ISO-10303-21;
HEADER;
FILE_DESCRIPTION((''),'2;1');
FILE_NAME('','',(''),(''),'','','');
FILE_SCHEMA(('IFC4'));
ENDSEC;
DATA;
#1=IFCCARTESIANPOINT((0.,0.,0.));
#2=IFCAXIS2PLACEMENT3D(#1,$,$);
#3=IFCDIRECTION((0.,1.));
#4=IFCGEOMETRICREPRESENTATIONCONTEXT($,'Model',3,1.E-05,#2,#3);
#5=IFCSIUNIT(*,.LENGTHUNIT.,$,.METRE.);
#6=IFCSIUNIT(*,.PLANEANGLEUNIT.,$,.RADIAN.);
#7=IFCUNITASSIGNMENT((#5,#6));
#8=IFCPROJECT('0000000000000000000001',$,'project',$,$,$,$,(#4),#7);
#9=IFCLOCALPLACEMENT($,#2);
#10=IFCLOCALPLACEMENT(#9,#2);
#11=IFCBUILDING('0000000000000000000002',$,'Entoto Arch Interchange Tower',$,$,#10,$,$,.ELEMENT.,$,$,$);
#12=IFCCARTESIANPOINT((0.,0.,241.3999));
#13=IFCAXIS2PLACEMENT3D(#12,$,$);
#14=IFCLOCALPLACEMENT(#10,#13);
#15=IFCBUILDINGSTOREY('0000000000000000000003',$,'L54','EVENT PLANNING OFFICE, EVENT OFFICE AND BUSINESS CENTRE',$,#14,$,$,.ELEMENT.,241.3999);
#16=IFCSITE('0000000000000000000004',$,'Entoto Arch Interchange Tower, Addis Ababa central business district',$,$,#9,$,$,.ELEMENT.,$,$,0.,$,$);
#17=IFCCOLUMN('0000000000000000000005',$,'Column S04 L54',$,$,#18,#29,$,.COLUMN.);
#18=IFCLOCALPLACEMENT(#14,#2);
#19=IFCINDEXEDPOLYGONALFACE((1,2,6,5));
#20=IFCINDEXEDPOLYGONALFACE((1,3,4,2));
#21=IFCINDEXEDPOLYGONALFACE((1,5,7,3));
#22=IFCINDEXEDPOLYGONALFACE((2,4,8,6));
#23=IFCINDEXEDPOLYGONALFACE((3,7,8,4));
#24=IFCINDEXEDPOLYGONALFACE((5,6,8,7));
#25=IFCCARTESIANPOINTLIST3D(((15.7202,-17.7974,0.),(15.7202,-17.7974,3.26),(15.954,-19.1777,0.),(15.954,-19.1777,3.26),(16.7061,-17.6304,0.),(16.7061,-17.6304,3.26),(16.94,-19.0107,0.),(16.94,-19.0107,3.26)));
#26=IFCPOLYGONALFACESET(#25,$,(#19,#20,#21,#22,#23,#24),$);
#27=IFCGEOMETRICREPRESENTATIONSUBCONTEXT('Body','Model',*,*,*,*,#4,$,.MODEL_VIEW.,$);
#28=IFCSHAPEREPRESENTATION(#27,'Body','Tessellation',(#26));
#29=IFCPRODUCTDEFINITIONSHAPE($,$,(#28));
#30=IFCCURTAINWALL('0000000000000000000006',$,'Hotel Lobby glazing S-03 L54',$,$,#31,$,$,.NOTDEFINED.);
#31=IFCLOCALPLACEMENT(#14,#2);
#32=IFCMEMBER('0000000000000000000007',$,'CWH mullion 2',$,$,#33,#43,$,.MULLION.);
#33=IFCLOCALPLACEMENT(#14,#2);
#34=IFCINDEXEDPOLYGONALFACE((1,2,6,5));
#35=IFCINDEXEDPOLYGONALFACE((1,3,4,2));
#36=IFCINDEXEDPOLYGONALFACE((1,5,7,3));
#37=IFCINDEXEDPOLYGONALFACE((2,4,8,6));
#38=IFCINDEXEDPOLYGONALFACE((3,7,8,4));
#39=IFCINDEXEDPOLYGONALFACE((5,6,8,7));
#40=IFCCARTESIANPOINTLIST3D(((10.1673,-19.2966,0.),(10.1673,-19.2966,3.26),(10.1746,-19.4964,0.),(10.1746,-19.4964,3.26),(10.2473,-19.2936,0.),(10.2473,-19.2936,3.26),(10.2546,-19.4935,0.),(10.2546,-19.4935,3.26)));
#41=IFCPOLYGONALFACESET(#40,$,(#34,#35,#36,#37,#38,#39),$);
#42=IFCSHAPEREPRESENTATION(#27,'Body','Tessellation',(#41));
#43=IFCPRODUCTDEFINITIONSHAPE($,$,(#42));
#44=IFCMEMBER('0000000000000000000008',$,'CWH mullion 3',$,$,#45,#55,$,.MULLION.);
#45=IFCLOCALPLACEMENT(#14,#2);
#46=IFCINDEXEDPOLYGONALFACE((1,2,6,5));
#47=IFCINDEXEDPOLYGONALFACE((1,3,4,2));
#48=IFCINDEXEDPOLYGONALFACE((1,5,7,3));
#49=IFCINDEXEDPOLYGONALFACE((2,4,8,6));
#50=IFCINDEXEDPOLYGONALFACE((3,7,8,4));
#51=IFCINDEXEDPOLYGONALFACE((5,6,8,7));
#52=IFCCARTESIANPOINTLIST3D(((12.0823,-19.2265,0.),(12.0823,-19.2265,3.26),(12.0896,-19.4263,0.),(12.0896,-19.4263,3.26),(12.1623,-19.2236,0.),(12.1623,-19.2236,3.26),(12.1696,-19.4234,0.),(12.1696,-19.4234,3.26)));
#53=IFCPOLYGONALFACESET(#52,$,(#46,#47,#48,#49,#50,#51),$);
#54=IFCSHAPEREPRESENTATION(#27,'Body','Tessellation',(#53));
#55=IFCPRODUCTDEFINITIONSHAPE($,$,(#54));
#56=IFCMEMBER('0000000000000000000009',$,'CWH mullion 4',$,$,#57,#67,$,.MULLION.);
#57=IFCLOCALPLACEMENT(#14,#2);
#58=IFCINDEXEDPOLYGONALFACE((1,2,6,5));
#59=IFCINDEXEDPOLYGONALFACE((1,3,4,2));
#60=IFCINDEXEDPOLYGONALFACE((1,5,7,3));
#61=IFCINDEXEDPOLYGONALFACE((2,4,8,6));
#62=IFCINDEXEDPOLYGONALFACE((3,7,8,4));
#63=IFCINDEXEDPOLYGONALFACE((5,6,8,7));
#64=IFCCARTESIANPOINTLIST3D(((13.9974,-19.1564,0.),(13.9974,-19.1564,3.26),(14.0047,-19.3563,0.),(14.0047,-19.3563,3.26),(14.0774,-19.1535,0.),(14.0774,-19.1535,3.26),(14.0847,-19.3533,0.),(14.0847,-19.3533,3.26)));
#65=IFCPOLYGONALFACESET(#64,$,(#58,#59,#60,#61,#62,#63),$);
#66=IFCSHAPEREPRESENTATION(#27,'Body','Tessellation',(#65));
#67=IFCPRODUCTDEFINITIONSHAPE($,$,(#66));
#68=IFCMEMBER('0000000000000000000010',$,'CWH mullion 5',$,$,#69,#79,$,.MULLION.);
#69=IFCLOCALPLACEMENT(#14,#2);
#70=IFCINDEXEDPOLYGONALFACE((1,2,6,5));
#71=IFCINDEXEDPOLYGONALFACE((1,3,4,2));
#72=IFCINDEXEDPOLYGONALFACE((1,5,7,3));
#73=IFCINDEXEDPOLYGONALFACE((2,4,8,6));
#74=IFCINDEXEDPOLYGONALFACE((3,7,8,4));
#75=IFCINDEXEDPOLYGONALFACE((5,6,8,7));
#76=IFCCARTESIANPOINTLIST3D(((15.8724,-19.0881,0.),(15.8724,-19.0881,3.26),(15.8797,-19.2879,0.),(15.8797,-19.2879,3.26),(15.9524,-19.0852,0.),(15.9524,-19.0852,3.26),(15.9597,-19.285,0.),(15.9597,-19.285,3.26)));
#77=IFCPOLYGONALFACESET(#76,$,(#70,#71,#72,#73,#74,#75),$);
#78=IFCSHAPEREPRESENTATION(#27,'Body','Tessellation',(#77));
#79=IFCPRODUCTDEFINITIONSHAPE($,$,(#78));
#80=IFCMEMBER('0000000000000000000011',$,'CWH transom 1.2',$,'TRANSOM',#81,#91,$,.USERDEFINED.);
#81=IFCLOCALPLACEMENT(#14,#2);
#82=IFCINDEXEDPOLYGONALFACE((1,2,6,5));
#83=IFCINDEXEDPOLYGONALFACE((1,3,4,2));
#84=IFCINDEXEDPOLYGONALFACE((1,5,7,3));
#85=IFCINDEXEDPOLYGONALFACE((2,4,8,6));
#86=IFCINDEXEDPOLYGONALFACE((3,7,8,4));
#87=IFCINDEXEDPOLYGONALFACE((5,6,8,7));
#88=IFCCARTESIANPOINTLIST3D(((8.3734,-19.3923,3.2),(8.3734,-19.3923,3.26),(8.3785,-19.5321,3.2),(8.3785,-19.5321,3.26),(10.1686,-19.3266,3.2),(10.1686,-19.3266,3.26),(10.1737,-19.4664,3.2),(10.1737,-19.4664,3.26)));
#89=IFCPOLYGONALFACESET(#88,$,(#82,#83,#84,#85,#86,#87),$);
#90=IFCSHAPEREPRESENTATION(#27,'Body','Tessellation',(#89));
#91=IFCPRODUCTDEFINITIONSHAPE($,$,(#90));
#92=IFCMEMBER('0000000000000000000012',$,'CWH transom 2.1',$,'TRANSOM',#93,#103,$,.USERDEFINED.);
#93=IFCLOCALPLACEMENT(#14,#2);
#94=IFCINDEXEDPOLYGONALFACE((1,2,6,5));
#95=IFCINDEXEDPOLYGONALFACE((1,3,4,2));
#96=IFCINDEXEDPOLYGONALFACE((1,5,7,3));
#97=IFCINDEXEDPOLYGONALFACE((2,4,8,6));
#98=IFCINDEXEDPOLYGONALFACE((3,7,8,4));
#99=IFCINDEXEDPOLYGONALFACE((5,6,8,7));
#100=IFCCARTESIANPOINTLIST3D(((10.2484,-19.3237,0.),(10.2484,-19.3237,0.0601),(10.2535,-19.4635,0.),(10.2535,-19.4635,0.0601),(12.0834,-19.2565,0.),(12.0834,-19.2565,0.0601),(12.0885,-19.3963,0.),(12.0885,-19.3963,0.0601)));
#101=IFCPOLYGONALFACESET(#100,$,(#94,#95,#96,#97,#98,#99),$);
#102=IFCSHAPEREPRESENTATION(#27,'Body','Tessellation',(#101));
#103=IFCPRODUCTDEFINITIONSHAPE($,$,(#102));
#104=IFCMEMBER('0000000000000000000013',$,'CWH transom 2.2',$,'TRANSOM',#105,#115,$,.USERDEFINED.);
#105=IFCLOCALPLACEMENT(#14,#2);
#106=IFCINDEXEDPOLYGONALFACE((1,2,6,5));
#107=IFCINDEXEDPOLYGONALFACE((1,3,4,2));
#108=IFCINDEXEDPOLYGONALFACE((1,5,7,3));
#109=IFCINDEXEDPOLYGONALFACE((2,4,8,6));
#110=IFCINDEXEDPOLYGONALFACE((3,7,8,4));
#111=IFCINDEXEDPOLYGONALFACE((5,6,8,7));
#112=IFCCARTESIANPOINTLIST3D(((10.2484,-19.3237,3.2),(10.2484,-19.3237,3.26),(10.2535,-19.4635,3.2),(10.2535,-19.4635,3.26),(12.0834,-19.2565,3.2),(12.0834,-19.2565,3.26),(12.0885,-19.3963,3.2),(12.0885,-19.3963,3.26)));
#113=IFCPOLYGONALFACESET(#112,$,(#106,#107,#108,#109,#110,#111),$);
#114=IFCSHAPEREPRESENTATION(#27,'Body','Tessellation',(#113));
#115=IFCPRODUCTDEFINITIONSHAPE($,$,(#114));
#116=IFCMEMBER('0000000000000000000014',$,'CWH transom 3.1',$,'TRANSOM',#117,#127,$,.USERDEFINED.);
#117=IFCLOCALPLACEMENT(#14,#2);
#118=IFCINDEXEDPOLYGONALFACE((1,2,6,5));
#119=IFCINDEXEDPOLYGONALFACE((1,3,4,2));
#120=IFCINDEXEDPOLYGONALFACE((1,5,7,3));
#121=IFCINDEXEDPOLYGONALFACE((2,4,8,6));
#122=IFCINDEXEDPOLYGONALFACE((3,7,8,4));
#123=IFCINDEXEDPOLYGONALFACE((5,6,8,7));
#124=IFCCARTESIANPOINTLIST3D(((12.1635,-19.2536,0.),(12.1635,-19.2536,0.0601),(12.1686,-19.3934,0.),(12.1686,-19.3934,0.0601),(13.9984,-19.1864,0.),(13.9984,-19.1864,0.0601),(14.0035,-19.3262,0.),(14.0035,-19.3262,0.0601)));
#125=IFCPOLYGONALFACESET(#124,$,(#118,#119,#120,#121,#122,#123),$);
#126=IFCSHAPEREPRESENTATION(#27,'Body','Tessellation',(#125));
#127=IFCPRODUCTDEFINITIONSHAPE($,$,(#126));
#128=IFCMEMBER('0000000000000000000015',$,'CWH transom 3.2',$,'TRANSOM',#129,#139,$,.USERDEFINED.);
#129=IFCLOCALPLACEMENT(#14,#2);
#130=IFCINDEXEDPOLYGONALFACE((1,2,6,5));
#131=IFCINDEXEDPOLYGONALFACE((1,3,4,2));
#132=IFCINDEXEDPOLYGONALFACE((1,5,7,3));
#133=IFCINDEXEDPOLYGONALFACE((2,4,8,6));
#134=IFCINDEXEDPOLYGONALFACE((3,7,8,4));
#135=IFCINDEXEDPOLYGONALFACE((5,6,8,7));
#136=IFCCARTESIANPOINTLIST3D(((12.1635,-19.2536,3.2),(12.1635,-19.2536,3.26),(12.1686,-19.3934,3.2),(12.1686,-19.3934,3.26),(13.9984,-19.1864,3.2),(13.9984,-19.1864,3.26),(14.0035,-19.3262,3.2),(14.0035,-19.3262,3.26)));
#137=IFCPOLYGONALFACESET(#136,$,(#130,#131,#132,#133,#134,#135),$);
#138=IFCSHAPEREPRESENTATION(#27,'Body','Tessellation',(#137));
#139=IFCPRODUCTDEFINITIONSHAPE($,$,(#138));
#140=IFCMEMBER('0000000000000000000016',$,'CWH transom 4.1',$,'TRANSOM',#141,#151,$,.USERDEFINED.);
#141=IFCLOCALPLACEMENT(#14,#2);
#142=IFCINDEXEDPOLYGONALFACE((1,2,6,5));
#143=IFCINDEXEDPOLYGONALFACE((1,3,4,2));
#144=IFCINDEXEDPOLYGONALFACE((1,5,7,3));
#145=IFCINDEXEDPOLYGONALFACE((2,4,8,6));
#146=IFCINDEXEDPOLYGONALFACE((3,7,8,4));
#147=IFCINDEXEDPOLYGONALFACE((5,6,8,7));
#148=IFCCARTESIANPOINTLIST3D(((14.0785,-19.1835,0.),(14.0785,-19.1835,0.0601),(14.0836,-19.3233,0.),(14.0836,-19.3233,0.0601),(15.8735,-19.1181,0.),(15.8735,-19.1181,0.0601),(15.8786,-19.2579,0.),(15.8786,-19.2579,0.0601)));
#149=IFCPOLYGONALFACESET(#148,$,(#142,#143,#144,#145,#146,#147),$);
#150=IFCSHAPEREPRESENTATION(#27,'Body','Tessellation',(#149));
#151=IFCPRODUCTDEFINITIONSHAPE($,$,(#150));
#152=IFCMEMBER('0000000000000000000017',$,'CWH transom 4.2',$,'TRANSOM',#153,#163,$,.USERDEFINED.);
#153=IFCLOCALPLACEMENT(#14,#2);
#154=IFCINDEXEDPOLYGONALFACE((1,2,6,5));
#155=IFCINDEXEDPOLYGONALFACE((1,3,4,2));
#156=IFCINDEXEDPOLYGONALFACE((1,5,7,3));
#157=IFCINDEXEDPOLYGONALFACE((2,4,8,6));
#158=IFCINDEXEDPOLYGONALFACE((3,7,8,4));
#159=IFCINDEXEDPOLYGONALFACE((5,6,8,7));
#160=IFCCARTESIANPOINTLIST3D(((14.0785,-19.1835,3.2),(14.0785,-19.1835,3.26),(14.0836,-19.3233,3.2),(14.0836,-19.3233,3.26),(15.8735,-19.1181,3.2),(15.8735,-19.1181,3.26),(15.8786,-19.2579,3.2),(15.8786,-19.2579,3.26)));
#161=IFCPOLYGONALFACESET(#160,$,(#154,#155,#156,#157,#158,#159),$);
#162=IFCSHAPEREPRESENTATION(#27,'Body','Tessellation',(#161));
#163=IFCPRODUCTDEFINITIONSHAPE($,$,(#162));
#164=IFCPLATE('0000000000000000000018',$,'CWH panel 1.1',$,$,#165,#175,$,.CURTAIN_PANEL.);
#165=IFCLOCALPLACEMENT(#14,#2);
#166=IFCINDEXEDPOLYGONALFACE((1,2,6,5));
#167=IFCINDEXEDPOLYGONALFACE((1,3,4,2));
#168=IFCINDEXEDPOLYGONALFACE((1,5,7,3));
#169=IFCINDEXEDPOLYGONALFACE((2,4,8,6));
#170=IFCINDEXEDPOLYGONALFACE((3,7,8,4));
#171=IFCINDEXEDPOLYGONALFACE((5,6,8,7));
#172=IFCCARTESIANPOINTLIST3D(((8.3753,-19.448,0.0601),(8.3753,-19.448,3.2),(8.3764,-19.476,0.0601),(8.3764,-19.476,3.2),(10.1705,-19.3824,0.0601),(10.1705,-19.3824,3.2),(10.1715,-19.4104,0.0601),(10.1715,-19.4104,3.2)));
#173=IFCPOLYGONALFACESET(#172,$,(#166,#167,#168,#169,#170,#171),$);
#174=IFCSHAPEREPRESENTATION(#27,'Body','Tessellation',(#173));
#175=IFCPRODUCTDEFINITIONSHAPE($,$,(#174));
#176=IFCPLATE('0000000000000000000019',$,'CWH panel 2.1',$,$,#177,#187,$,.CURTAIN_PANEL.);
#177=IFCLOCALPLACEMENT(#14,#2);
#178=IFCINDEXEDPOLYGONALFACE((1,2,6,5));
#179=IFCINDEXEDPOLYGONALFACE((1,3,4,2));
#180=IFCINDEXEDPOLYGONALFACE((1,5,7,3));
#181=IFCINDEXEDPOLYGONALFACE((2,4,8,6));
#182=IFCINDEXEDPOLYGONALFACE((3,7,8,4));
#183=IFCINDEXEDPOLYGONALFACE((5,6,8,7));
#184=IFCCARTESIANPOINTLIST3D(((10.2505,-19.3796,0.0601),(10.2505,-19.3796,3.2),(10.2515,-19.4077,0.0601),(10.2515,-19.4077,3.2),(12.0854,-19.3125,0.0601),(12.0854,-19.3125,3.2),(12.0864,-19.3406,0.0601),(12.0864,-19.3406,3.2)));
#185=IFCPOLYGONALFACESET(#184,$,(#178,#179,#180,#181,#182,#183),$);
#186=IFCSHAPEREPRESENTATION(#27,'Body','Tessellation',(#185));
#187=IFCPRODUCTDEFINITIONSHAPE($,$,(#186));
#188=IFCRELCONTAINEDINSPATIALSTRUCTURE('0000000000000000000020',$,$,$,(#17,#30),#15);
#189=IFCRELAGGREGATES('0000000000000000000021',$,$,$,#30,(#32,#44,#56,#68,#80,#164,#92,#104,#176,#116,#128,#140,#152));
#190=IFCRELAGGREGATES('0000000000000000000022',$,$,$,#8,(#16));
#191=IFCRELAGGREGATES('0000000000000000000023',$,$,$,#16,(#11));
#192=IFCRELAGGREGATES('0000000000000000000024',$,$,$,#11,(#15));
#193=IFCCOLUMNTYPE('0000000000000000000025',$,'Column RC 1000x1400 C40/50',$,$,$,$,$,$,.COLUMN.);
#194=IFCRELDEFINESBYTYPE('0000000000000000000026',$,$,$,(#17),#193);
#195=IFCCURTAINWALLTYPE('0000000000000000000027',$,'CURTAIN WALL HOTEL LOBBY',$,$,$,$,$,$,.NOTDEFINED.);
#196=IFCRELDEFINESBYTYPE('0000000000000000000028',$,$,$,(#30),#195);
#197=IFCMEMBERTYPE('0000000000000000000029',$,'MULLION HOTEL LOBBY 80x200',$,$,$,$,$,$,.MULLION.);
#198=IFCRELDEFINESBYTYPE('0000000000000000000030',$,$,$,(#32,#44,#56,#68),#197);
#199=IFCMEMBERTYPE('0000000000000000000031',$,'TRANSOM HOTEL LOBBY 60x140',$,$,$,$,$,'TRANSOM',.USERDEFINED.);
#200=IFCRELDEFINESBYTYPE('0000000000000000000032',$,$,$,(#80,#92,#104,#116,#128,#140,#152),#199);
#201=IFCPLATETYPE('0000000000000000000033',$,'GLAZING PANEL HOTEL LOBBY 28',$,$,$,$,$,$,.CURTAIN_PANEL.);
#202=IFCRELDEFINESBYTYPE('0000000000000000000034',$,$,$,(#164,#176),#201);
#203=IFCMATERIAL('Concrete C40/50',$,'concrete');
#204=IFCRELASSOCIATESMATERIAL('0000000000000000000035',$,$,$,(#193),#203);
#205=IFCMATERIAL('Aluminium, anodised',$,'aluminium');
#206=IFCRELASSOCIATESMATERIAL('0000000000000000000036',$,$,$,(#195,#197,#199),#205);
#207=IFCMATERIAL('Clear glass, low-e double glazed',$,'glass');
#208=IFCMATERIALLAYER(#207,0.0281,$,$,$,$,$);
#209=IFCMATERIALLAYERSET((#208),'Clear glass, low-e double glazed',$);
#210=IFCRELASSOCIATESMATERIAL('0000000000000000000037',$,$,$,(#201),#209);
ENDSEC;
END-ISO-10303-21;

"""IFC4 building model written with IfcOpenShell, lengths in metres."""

from ifc_helpers import new_model, si_unit, direction, frame, origin, origin_2d, place, context, subcontext, project, spatial, rectangle, extrude, material, layer, layer_set, material_profile, profile_set, type_object, element, aggregate, save


model = new_model("IFC4")

# Units and contexts
model_context = context("Model", 3, precision=1e-05, world=origin(), true_north=direction((0.0, 1.0)))
body_context = subcontext(model_context, "Body", "Model", "MODEL_VIEW")
ifc_project = project(units=[si_unit("LENGTHUNIT", "METRE"), si_unit("PLANEANGLEUNIT", "RADIAN")], contexts=[model_context])

# Site, building, storey
site_placement = place(None, origin())
site = spatial("IfcSite", under=ifc_project, at=site_placement, Name="Entoto Arch Interchange Tower, Addis Ababa central business district", CompositionType="ELEMENT", RefElevation=0.0)
building_placement = place(site_placement, origin())
building = spatial("IfcBuilding", under=site, at=building_placement, Name="Entoto Arch Interchange Tower", CompositionType="ELEMENT")
storey_placement = place(building_placement, frame((0.0, 0.0, 241.3999)))
storey = spatial("IfcBuildingStorey", under=building, at=storey_placement, Name="L54", Description="EVENT PLANNING OFFICE, EVENT OFFICE AND BUSINESS CENTRE", CompositionType="ELEMENT", Elevation=241.3999)

# Column
ifc_material_1 = material(Name="Concrete C40/50", Category="concrete")
ifc_material_profile_1 = material_profile(ifc_material_1, rectangle(XDim=1.0, YDim=1.3999, at=origin_2d()))
ifc_profile_set_1 = profile_set([ifc_material_profile_1], Name="Concrete C40/50")
column_type = type_object("IfcColumnType", Name="Column RC 1000x1400 C40/50", PredefinedType="COLUMN", material=ifc_profile_set_1)
column_placement = place(storey_placement, frame((16.3301, -18.4041, 0.0), z_axis=(0.0, 0.0, 1.0), x_axis=(0.985952, 0.167027, 0.0)))
element("IfcColumn", 1, at=column_placement, inside=storey, type_object=column_type, Name="Column S04 L54", PredefinedType="COLUMN", context=body_context, shape_type="SweptSolid", body=[
    extrude(rectangle(XDim=1.0, YDim=1.3999, at=origin_2d()), origin(), (0.0, 0.0, 1.0), 3.26),
])

# Curtain wall, members, plates
ifc_material_2 = material(Name="Aluminium, anodised", Category="aluminium")
curtain_wall_type = type_object("IfcCurtainWallType", Name="CURTAIN WALL HOTEL LOBBY", PredefinedType="NOTDEFINED", material=ifc_material_2)
curtain_wall_placement = place(storey_placement, origin())
curtain_wall = element("IfcCurtainWall", 2, at=curtain_wall_placement, inside=storey, type_object=curtain_wall_type, Name="Hotel Lobby glazing S-03 L54", PredefinedType="NOTDEFINED")
ifc_material_profile_2 = material_profile(ifc_material_2, rectangle(XDim=0.2, YDim=0.0801, at=origin_2d()))
ifc_profile_set_2 = profile_set([ifc_material_profile_2], Name="Aluminium, anodised")
member_type_1 = type_object("IfcMemberType", Name="MULLION HOTEL LOBBY 80x200", PredefinedType="MULLION", material=ifc_profile_set_2)
member_1_placement = place(storey_placement, frame((10.2109, -19.395, 0.0), z_axis=(0.0, 0.0, 1.0), x_axis=(-0.036529, 0.999333, 0.0)))
member_1 = element("IfcMember", 3, at=member_1_placement, type_object=member_type_1, Name="CWH mullion 2", PredefinedType="MULLION", context=body_context, shape_type="SweptSolid", body=[
    extrude(rectangle(XDim=0.2, YDim=0.0801, at=origin_2d()), origin(), (0.0, 0.0, 1.0), 3.26),
])
member_2_placement = place(storey_placement, frame((12.126, -19.325, 0.0), z_axis=(0.0, 0.0, 1.0), x_axis=(-0.036529, 0.999333, 0.0)))
member_2 = element("IfcMember", 4, at=member_2_placement, type_object=member_type_1, Name="CWH mullion 3", PredefinedType="MULLION", context=body_context, shape_type="SweptSolid", body=[
    extrude(rectangle(XDim=0.2, YDim=0.0801, at=origin_2d()), origin(), (0.0, 0.0, 1.0), 3.26),
])
member_3_placement = place(storey_placement, frame((14.041, -19.2549, 0.0), z_axis=(0.0, 0.0, 1.0), x_axis=(-0.036529, 0.999333, 0.0)))
member_3 = element("IfcMember", 5, at=member_3_placement, type_object=member_type_1, Name="CWH mullion 4", PredefinedType="MULLION", context=body_context, shape_type="SweptSolid", body=[
    extrude(rectangle(XDim=0.2, YDim=0.0801, at=origin_2d()), origin(), (0.0, 0.0, 1.0), 3.26),
])
member_4_placement = place(storey_placement, frame((15.916, -19.1865, 0.0), z_axis=(0.0, 0.0, 1.0), x_axis=(-0.036529, 0.999333, 0.0)))
member_4 = element("IfcMember", 6, at=member_4_placement, type_object=member_type_1, Name="CWH mullion 5", PredefinedType="MULLION", context=body_context, shape_type="SweptSolid", body=[
    extrude(rectangle(XDim=0.2, YDim=0.0801, at=origin_2d()), origin(), (0.0, 0.0, 1.0), 3.26),
])
ifc_material_profile_3 = material_profile(ifc_material_2, rectangle(XDim=0.1399, YDim=0.0601, at=origin_2d()))
ifc_profile_set_3 = profile_set([ifc_material_profile_3], Name="Aluminium, anodised")
member_type_2 = type_object("IfcMemberType", Name="TRANSOM HOTEL LOBBY 60x140", ElementType="TRANSOM", PredefinedType="USERDEFINED", material=ifc_profile_set_3)
member_5_placement = place(storey_placement, frame((8.376, -19.4622, 3.23), z_axis=(0.999331, 0.036559, 0.0), x_axis=(-0.036559, 0.999331, 0.0)))
member_5 = element("IfcMember", 7, at=member_5_placement, type_object=member_type_2, Name="CWH transom 1.2", ObjectType="TRANSOM", PredefinedType="USERDEFINED", context=body_context, shape_type="SweptSolid", body=[
    extrude(rectangle(XDim=0.1399, YDim=0.0601, at=origin_2d()), origin(), (0.0, 0.0, 1.0), 1.7964),
])
member_6_placement = place(storey_placement, frame((10.251, -19.3936, 0.03), z_axis=(0.999331, 0.036564, 0.0), x_axis=(-0.036564, 0.999331, 0.0)))
member_6 = element("IfcMember", 8, at=member_6_placement, type_object=member_type_2, Name="CWH transom 2.1", ObjectType="TRANSOM", PredefinedType="USERDEFINED", context=body_context, shape_type="SweptSolid", body=[
    extrude(rectangle(XDim=0.1399, YDim=0.0601, at=origin_2d()), origin(), (0.0, 0.0, 1.0), 1.8362),
])
member_7_placement = place(storey_placement, frame((10.251, -19.3936, 3.23), z_axis=(0.999331, 0.036564, 0.0), x_axis=(-0.036564, 0.999331, 0.0)))
member_7 = element("IfcMember", 9, at=member_7_placement, type_object=member_type_2, Name="CWH transom 2.2", ObjectType="TRANSOM", PredefinedType="USERDEFINED", context=body_context, shape_type="SweptSolid", body=[
    extrude(rectangle(XDim=0.1399, YDim=0.0601, at=origin_2d()), origin(), (0.0, 0.0, 1.0), 1.8362),
])
member_8_placement = place(storey_placement, frame((12.166, -19.3235, 0.03), z_axis=(0.999331, 0.036564, 0.0), x_axis=(-0.036564, 0.999331, 0.0)))
member_8 = element("IfcMember", 10, at=member_8_placement, type_object=member_type_2, Name="CWH transom 3.1", ObjectType="TRANSOM", PredefinedType="USERDEFINED", context=body_context, shape_type="SweptSolid", body=[
    extrude(rectangle(XDim=0.1399, YDim=0.0601, at=origin_2d()), origin(), (0.0, 0.0, 1.0), 1.8362),
])
member_9_placement = place(storey_placement, frame((12.166, -19.3235, 3.23), z_axis=(0.999331, 0.036564, 0.0), x_axis=(-0.036564, 0.999331, 0.0)))
member_9 = element("IfcMember", 11, at=member_9_placement, type_object=member_type_2, Name="CWH transom 3.2", ObjectType="TRANSOM", PredefinedType="USERDEFINED", context=body_context, shape_type="SweptSolid", body=[
    extrude(rectangle(XDim=0.1399, YDim=0.0601, at=origin_2d()), origin(), (0.0, 0.0, 1.0), 1.8362),
])
member_10_placement = place(storey_placement, frame((14.0811, -19.2534, 0.03), z_axis=(0.999336, 0.036428, 0.0), x_axis=(-0.036428, 0.999336, 0.0)))
member_10 = element("IfcMember", 12, at=member_10_placement, type_object=member_type_2, Name="CWH transom 4.1", ObjectType="TRANSOM", PredefinedType="USERDEFINED", context=body_context, shape_type="SweptSolid", body=[
    extrude(rectangle(XDim=0.1399, YDim=0.0601, at=origin_2d()), origin(), (0.0, 0.0, 1.0), 1.7961),
])
member_11_placement = place(storey_placement, frame((14.0811, -19.2534, 3.23), z_axis=(0.999336, 0.036428, 0.0), x_axis=(-0.036428, 0.999336, 0.0)))
member_11 = element("IfcMember", 13, at=member_11_placement, type_object=member_type_2, Name="CWH transom 4.2", ObjectType="TRANSOM", PredefinedType="USERDEFINED", context=body_context, shape_type="SweptSolid", body=[
    extrude(rectangle(XDim=0.1399, YDim=0.0601, at=origin_2d()), origin(), (0.0, 0.0, 1.0), 1.7961),
])
ifc_material_3 = material(Name="Clear glass, low-e double glazed", Category="glass")
ifc_layer_1 = layer(ifc_material_3, 0.0281)
ifc_layer_set_1 = layer_set([ifc_layer_1], Name="Clear glass, low-e double glazed")
plate_type = type_object("IfcPlateType", Name="GLAZING PANEL HOTEL LOBBY 28", PredefinedType="CURTAIN_PANEL", material=ifc_layer_set_1)
plate_1_placement = place(storey_placement, frame((9.2734, -19.4292, 0.0601), z_axis=(0.0, 0.0, 1.0), x_axis=(0.999333, 0.036529, 0.0)))
plate_1 = element("IfcPlate", 14, at=plate_1_placement, type_object=plate_type, Name="CWH panel 1.1", PredefinedType="CURTAIN_PANEL", context=body_context, shape_type="SweptSolid", body=[
    extrude(rectangle(XDim=1.7964, YDim=0.0281, at=origin_2d()), origin(), (0.0, 0.0, 1.0), 3.1399),
])
plate_2_placement = place(storey_placement, frame((11.1685, -19.3601, 0.0601), z_axis=(0.0, 0.0, 1.0), x_axis=(0.999333, 0.036529, 0.0)))
plate_2 = element("IfcPlate", 15, at=plate_2_placement, type_object=plate_type, Name="CWH panel 2.1", PredefinedType="CURTAIN_PANEL", context=body_context, shape_type="SweptSolid", body=[
    extrude(rectangle(XDim=1.8362, YDim=0.0281, at=origin_2d()), origin(), (0.0, 0.0, 1.0), 3.1399),
])
aggregate(curtain_wall, [member_1, member_2, member_3, member_4, member_5, plate_1, member_6, member_7, plate_2, member_8, member_9, member_10, member_11])

save(model, "model.ifc")
